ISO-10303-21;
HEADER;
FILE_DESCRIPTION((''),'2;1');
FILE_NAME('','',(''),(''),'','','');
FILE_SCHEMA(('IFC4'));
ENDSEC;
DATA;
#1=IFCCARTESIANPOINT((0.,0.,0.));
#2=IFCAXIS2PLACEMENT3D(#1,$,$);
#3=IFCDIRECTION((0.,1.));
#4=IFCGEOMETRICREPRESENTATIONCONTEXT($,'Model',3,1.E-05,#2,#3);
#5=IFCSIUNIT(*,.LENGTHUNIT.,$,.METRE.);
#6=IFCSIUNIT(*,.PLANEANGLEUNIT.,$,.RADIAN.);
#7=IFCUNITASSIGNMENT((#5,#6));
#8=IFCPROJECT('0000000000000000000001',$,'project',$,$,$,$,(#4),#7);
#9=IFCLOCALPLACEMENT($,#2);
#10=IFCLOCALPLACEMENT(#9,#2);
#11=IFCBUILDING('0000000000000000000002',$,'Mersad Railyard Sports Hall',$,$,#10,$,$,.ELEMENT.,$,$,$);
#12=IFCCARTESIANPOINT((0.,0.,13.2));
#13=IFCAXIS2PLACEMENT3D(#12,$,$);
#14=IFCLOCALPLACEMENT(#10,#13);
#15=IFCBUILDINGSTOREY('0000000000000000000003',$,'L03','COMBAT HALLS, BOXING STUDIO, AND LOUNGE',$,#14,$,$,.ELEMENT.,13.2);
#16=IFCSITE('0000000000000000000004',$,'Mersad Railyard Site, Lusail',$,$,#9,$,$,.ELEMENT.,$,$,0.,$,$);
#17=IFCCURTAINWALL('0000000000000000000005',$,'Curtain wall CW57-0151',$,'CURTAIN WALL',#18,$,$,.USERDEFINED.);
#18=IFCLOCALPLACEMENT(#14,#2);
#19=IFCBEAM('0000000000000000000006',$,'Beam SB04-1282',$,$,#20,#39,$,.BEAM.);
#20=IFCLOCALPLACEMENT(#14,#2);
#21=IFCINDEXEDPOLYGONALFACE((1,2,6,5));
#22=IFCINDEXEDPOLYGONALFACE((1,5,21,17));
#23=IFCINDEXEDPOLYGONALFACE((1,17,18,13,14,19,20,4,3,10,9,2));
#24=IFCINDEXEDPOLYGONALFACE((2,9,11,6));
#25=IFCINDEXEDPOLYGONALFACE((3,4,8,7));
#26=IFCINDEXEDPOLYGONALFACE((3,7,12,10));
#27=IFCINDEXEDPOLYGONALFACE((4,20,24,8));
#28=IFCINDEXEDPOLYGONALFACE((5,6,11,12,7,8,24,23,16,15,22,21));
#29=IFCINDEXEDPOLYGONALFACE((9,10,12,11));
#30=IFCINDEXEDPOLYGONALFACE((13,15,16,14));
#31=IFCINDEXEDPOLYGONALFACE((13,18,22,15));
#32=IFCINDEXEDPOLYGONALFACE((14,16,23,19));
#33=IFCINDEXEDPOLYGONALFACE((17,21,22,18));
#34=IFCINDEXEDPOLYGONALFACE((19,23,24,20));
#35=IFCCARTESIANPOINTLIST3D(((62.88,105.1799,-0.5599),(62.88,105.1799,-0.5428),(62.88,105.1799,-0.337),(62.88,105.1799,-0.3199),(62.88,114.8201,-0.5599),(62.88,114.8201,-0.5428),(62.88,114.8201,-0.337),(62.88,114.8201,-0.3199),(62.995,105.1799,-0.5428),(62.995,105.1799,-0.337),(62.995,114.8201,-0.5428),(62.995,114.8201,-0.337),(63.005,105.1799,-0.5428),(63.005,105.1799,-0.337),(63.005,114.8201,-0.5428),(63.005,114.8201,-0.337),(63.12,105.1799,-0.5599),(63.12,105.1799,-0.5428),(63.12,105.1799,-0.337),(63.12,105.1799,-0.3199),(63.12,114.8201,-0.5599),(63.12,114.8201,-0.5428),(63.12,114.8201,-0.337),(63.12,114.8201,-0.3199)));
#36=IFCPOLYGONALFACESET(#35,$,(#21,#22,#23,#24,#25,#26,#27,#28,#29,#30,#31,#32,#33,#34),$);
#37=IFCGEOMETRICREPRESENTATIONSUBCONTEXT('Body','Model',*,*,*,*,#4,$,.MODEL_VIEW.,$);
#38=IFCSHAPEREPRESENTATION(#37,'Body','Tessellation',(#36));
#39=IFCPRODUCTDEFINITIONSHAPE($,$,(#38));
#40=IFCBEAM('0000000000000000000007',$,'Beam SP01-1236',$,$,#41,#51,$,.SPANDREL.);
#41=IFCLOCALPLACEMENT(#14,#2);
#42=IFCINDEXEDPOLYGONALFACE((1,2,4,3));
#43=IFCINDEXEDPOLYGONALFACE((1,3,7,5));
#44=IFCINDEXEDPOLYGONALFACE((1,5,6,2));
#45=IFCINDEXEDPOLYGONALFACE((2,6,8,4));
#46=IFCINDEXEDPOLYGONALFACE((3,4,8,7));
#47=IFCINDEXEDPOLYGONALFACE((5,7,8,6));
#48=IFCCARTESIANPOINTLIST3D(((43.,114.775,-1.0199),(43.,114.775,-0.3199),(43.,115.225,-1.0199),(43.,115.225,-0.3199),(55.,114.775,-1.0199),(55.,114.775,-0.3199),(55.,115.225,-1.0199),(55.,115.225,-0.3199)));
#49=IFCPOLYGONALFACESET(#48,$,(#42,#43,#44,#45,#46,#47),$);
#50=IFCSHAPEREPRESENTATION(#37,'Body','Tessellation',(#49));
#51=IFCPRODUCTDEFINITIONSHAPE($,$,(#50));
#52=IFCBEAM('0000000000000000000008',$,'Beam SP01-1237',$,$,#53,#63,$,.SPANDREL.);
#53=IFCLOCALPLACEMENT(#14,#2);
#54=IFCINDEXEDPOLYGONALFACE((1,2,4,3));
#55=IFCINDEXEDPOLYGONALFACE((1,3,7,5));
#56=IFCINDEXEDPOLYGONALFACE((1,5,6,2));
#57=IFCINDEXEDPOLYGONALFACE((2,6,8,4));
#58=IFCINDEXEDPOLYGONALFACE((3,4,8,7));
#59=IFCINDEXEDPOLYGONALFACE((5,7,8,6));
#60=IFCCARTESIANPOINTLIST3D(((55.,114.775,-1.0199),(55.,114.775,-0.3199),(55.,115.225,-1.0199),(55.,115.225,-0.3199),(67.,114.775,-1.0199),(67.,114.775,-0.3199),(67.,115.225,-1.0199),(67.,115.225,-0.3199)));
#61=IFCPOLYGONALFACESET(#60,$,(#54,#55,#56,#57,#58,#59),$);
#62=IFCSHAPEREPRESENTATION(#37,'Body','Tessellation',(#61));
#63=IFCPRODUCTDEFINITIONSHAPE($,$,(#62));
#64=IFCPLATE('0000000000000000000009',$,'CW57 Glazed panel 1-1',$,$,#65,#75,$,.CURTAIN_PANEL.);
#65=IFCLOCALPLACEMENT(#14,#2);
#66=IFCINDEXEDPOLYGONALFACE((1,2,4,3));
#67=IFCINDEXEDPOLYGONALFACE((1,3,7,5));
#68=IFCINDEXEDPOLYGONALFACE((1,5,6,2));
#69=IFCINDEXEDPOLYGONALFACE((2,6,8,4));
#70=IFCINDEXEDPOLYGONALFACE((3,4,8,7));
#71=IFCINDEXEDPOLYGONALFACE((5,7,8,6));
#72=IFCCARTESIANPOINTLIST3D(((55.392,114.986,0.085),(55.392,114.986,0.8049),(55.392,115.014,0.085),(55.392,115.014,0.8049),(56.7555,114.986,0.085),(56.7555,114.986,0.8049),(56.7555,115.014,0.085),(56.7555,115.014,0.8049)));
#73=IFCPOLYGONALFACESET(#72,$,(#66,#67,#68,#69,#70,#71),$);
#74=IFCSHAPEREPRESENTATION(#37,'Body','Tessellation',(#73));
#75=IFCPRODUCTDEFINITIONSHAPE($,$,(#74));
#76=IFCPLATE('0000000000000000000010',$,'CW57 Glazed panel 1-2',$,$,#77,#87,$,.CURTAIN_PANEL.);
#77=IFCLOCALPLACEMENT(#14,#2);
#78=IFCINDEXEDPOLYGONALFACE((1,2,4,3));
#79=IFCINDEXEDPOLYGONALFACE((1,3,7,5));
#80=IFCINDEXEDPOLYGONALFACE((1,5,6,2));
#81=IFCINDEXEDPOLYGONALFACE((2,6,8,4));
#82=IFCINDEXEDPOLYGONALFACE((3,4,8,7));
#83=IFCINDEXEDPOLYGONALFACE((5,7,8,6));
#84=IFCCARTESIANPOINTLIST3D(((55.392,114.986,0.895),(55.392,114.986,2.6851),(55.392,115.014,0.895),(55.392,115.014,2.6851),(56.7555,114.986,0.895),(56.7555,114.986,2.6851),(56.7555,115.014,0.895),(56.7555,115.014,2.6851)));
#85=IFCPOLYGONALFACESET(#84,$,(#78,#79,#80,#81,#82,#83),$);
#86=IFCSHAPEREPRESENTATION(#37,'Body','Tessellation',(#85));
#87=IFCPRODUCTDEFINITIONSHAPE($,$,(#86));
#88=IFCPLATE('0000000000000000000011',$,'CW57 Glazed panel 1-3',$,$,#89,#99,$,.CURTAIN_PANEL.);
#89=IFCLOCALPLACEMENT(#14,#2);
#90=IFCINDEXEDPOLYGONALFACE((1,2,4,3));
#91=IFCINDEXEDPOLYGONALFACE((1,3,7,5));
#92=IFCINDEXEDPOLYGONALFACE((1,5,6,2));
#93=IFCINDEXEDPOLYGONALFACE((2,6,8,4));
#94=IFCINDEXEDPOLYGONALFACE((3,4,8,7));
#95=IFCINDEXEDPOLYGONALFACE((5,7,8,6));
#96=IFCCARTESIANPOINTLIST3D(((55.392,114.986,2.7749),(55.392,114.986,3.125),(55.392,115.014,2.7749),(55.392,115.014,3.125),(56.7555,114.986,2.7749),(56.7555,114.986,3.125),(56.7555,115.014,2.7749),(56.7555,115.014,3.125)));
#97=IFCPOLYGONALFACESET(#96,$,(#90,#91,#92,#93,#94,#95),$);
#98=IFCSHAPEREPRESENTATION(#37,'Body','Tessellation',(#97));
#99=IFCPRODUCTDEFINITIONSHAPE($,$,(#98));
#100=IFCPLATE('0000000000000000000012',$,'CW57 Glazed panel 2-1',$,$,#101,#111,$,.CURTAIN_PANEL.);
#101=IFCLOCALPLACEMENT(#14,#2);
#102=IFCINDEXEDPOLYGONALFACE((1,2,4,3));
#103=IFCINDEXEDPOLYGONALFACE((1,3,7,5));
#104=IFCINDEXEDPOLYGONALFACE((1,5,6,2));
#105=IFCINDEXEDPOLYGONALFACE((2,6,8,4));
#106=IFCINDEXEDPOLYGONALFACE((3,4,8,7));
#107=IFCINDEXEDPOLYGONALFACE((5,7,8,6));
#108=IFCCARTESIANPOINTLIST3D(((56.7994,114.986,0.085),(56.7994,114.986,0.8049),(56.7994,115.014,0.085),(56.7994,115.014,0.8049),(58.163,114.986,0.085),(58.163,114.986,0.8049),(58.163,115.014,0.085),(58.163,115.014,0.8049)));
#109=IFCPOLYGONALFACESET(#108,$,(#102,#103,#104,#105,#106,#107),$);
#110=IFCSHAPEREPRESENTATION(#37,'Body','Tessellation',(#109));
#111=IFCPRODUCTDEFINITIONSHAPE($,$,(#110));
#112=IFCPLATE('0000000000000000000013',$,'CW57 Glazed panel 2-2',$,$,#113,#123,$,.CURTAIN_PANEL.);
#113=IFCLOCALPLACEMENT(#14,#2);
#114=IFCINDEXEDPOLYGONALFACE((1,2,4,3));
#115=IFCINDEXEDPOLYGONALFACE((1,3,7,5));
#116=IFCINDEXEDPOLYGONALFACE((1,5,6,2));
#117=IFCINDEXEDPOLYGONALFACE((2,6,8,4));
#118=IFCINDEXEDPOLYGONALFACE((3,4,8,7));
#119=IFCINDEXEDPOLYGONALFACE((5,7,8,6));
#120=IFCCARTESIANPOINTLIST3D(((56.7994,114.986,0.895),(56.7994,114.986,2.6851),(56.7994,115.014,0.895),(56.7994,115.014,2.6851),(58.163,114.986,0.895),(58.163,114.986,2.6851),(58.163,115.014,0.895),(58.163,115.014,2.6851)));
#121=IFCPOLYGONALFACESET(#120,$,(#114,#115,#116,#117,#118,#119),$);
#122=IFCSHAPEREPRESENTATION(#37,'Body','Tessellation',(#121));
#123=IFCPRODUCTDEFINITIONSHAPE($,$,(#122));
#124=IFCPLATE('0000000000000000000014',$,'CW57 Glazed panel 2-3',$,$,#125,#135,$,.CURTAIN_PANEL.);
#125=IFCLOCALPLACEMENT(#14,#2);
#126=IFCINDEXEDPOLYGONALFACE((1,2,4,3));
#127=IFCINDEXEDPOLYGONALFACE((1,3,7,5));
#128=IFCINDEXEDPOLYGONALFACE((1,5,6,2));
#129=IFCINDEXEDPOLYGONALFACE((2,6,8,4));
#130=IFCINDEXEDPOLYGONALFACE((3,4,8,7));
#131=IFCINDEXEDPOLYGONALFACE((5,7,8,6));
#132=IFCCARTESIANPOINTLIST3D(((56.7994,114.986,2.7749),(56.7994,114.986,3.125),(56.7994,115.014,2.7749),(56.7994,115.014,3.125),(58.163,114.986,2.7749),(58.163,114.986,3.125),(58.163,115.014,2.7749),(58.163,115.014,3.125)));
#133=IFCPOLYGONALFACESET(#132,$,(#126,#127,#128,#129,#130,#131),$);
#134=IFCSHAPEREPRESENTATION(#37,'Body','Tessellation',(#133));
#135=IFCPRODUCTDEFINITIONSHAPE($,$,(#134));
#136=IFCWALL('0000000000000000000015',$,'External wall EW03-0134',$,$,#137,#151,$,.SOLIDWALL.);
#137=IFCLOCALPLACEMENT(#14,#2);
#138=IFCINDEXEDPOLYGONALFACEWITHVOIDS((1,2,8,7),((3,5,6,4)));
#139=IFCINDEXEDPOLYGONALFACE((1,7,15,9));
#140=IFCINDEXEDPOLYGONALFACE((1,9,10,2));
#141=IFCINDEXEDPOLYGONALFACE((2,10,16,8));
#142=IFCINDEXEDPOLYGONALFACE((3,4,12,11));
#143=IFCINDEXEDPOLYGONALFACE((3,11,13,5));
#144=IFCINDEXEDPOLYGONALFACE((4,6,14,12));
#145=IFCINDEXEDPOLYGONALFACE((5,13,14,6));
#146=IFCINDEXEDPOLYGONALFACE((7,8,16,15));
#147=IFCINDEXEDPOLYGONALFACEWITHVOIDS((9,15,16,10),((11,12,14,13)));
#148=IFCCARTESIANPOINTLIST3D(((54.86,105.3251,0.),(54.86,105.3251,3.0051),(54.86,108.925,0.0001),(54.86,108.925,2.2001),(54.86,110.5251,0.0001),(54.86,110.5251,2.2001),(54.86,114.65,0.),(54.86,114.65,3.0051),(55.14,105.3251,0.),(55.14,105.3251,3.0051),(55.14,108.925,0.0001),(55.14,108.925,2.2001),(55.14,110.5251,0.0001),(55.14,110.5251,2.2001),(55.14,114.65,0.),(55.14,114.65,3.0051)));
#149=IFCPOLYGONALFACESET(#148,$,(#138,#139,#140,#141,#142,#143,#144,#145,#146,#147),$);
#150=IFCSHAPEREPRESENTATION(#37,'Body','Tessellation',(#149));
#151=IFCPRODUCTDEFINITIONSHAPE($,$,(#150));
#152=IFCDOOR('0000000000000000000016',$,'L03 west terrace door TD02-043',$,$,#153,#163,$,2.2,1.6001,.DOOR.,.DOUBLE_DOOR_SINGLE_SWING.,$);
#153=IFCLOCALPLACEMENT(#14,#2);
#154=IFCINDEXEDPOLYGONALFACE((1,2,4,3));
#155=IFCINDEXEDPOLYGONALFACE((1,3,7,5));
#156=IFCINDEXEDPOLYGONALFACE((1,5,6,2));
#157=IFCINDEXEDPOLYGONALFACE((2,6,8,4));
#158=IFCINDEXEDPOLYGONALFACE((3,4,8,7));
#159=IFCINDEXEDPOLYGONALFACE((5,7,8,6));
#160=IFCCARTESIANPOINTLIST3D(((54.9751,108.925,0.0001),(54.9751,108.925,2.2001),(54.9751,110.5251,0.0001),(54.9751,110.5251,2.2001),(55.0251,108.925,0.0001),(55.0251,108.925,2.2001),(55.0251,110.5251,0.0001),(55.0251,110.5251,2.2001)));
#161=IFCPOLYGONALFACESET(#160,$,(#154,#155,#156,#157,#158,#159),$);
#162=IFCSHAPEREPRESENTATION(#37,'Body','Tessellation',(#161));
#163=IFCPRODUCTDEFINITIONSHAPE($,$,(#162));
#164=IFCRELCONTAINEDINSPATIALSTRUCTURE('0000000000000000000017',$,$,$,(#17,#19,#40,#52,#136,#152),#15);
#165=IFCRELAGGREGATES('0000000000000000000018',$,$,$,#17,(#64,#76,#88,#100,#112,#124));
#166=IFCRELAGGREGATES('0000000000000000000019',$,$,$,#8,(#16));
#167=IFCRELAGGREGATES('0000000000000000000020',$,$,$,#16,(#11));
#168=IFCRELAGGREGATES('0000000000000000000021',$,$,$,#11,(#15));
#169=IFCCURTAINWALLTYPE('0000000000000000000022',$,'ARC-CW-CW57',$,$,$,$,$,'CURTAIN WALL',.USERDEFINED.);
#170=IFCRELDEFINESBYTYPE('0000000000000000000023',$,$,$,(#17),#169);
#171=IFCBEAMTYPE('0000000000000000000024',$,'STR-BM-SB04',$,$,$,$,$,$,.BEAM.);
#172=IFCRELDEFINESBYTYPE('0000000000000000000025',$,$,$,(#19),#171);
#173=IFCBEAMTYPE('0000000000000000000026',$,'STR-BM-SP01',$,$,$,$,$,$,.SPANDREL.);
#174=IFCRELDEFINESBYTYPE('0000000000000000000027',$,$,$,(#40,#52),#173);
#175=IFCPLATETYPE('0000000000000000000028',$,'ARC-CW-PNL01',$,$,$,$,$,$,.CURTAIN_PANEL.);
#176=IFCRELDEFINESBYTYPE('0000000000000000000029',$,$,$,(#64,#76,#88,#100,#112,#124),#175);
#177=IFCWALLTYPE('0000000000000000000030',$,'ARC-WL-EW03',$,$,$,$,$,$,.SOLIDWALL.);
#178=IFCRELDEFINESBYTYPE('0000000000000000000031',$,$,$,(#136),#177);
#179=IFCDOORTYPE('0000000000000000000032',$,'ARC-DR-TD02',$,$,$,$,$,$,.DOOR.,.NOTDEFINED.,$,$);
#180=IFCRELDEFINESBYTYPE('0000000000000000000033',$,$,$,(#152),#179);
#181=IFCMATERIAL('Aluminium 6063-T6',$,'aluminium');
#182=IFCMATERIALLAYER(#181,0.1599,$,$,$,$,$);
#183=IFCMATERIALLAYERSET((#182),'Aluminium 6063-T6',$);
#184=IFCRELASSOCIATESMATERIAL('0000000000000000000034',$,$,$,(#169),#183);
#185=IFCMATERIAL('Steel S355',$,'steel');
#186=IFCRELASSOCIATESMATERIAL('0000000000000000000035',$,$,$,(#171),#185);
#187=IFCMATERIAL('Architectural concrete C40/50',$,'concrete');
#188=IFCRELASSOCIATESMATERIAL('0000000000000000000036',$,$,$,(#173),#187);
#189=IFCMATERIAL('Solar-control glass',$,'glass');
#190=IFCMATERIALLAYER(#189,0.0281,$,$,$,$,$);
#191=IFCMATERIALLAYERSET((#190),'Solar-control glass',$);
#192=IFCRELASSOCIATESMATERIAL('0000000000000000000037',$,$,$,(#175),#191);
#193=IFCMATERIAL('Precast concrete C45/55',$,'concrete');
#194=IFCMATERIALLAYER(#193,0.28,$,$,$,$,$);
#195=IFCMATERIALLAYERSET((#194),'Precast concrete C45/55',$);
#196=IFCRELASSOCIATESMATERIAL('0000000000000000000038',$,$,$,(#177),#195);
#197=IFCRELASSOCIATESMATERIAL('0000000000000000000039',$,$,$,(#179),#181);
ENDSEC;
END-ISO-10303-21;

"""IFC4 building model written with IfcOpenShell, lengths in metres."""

from ifc_helpers import new_model, si_unit, direction, frame, frame_2d, origin, origin_2d, place, context, subcontext, project, spatial, rectangle, i_section, extrude, material, layer, layer_set, material_profile, profile_set, type_object, element, fill, aggregate, save


model = new_model("IFC4")

# Units and contexts
model_context = context("Model", 3, precision=1e-05, world=origin(), true_north=direction((0.0, 1.0)))
body_context = subcontext(model_context, "Body", "Model", "MODEL_VIEW")
ifc_project = project(units=[si_unit("LENGTHUNIT", "METRE"), si_unit("PLANEANGLEUNIT", "RADIAN")], contexts=[model_context])

# Site, building, storey
site_placement = place(None, origin())
site = spatial("IfcSite", under=ifc_project, at=site_placement, Name="Mersad Railyard Site, Lusail", CompositionType="ELEMENT", RefElevation=0.0)
building_placement = place(site_placement, origin())
building = spatial("IfcBuilding", under=site, at=building_placement, Name="Mersad Railyard Sports Hall", CompositionType="ELEMENT")
storey_placement = place(building_placement, frame((0.0, 0.0, 13.2)))
storey = spatial("IfcBuildingStorey", under=building, at=storey_placement, Name="L03", Description="COMBAT HALLS, BOXING STUDIO, AND LOUNGE", CompositionType="ELEMENT", Elevation=13.2)

# Shared definitions
ifc_material_1 = material(Name="Architectural concrete C40/50", Category="concrete")

# Curtain wall
ifc_material_2 = material(Name="Aluminium 6063-T6", Category="aluminium")
ifc_layer_1 = layer(ifc_material_2, 0.1599)
ifc_layer_set_1 = layer_set([ifc_layer_1], Name="Aluminium 6063-T6")
curtain_wall_type = type_object("IfcCurtainWallType", Name="ARC-CW-CW57", ElementType="CURTAIN WALL", PredefinedType="USERDEFINED", material=ifc_layer_set_1)
curtain_wall_placement = place(storey_placement, origin())
curtain_wall = element("IfcCurtainWall", 1, at=curtain_wall_placement, inside=storey, type_object=curtain_wall_type, Name="Curtain wall CW57-0151", ObjectType="CURTAIN WALL", PredefinedType="USERDEFINED")

# Beams
ifc_material_3 = material(Name="Steel S355", Category="steel")
ifc_material_profile_1 = material_profile(ifc_material_3, i_section(OverallWidth=0.24, OverallDepth=0.24, WebThickness=0.01, FlangeThickness=0.0171, at=origin_2d()), Name="HEB 240")
ifc_profile_set_1 = profile_set([ifc_material_profile_1], Name="Steel S355")
beam_type_1 = type_object("IfcBeamType", Name="STR-BM-SB04", PredefinedType="BEAM", material=ifc_profile_set_1)
for number, where, z_axis, x_axis, name in (
    (2, (63.0, 105.1799, -0.4399), (0.0, 1.0, 0.0), (-1.0, 0.0, 0.0), "Beam SB04-1282"),
):
    element("IfcBeam", number, at=place(storey_placement, frame(where, z_axis=z_axis, x_axis=x_axis)), inside=storey, type_object=beam_type_1, Name=name, PredefinedType="BEAM", context=body_context, shape_type="SweptSolid", body=[
        extrude(i_section(OverallWidth=0.24, OverallDepth=0.24, WebThickness=0.01, FlangeThickness=0.0171, at=origin_2d()), origin(), (0.0, 0.0, 1.0), 9.6401),
    ])
ifc_material_profile_2 = material_profile(ifc_material_1, rectangle(XDim=0.45, YDim=0.7, at=origin_2d()), Name="RC 450x700")
ifc_profile_set_2 = profile_set([ifc_material_profile_2], Name="Architectural concrete C40/50")
beam_type_2 = type_object("IfcBeamType", Name="STR-BM-SP01", PredefinedType="SPANDREL", material=ifc_profile_set_2)
for number, where, z_axis, x_axis, name in (
    (3, (43.0, 115.0, -0.6699), (1.0, 0.0, 0.0), (0.0, 1.0, 0.0), "Beam SP01-1236"),
    (4, (55.0, 115.0, -0.6699), (1.0, 0.0, 0.0), (0.0, 1.0, 0.0), "Beam SP01-1237"),
):
    element("IfcBeam", number, at=place(storey_placement, frame(where, z_axis=z_axis, x_axis=x_axis)), inside=storey, type_object=beam_type_2, Name=name, PredefinedType="SPANDREL", context=body_context, shape_type="SweptSolid", body=[
        extrude(rectangle(XDim=0.45, YDim=0.7, at=origin_2d()), origin(), (0.0, 0.0, 1.0), 12.0),
    ])

# Plates
ifc_material_4 = material(Name="Solar-control glass", Category="glass")
ifc_layer_2 = layer(ifc_material_4, 0.0281)
ifc_layer_set_2 = layer_set([ifc_layer_2], Name="Solar-control glass")
plate_type = type_object("IfcPlateType", Name="ARC-CW-PNL01", PredefinedType="CURTAIN_PANEL", material=ifc_layer_set_2)
plate_1_placement = place(storey_placement, frame((56.0737, 115.0, 0.085), z_axis=(0.0, 0.0, 1.0), x_axis=(1.0, 0.0, 0.0)))
plate_1 = element("IfcPlate", 5, at=plate_1_placement, type_object=plate_type, Name="CW57 Glazed panel 1-1", PredefinedType="CURTAIN_PANEL", context=body_context, shape_type="SweptSolid", body=[
    extrude(rectangle(XDim=1.3635, YDim=0.0281, at=origin_2d()), origin(), (0.0, 0.0, 1.0), 0.72),
])
plate_2_placement = place(storey_placement, frame((56.0737, 115.0, 0.895), z_axis=(0.0, 0.0, 1.0), x_axis=(1.0, 0.0, 0.0)))
plate_2 = element("IfcPlate", 6, at=plate_2_placement, type_object=plate_type, Name="CW57 Glazed panel 1-2", PredefinedType="CURTAIN_PANEL", context=body_context, shape_type="SweptSolid", body=[
    extrude(rectangle(XDim=1.3635, YDim=0.0281, at=origin_2d()), origin(), (0.0, 0.0, 1.0), 1.79),
])
plate_3_placement = place(storey_placement, frame((56.0737, 115.0, 2.7749), z_axis=(0.0, 0.0, 1.0), x_axis=(1.0, 0.0, 0.0)))
plate_3 = element("IfcPlate", 7, at=plate_3_placement, type_object=plate_type, Name="CW57 Glazed panel 1-3", PredefinedType="CURTAIN_PANEL", context=body_context, shape_type="SweptSolid", body=[
    extrude(rectangle(XDim=1.3635, YDim=0.0281, at=origin_2d()), origin(), (0.0, 0.0, 1.0), 0.3501),
])
plate_4_placement = place(storey_placement, frame((57.4812, 115.0, 0.085), z_axis=(0.0, 0.0, 1.0), x_axis=(1.0, 0.0, 0.0)))
plate_4 = element("IfcPlate", 8, at=plate_4_placement, type_object=plate_type, Name="CW57 Glazed panel 2-1", PredefinedType="CURTAIN_PANEL", context=body_context, shape_type="SweptSolid", body=[
    extrude(rectangle(XDim=1.3635, YDim=0.0281, at=origin_2d()), origin(), (0.0, 0.0, 1.0), 0.72),
])
plate_5_placement = place(storey_placement, frame((57.4812, 115.0, 0.895), z_axis=(0.0, 0.0, 1.0), x_axis=(1.0, 0.0, 0.0)))
plate_5 = element("IfcPlate", 9, at=plate_5_placement, type_object=plate_type, Name="CW57 Glazed panel 2-2", PredefinedType="CURTAIN_PANEL", context=body_context, shape_type="SweptSolid", body=[
    extrude(rectangle(XDim=1.3635, YDim=0.0281, at=origin_2d()), origin(), (0.0, 0.0, 1.0), 1.79),
])
plate_6_placement = place(storey_placement, frame((57.4812, 115.0, 2.7749), z_axis=(0.0, 0.0, 1.0), x_axis=(1.0, 0.0, 0.0)))
plate_6 = element("IfcPlate", 10, at=plate_6_placement, type_object=plate_type, Name="CW57 Glazed panel 2-3", PredefinedType="CURTAIN_PANEL", context=body_context, shape_type="SweptSolid", body=[
    extrude(rectangle(XDim=1.3635, YDim=0.0281, at=origin_2d()), origin(), (0.0, 0.0, 1.0), 0.3501),
])
aggregate(curtain_wall, [plate_1, plate_2, plate_3, plate_4, plate_5, plate_6])

# Wall, opening, door
ifc_material_5 = material(Name="Precast concrete C45/55", Category="concrete")
ifc_layer_3 = layer(ifc_material_5, 0.28)
ifc_layer_set_3 = layer_set([ifc_layer_3], Name="Precast concrete C45/55")
wall_type_1 = type_object("IfcWallType", Name="ARC-WL-EW03", PredefinedType="SOLIDWALL", material=ifc_layer_set_3)
wall_1_placement = place(storey_placement, frame((55.0, 105.325, 0.0), z_axis=(0.0, 0.0, 1.0), x_axis=(0.0, 1.0, 0.0)))
wall_1 = element("IfcWall", 11, at=wall_1_placement, inside=storey, type_object=wall_type_1, Name="External wall EW03-0134", PredefinedType="SOLIDWALL", context=body_context, shape_type="SweptSolid", body=[
    extrude(rectangle(XDim=9.325, YDim=0.28, at=frame_2d((4.6626, 0.0))), origin(), (0.0, 0.0, 1.0), 3.0051),
])
opening_1_placement = place(wall_1_placement, frame((3.6001, 0.0, 0.0)))
opening_1 = element("IfcOpeningElement", 12, at=opening_1_placement, cuts=wall_1, PredefinedType="OPENING", context=body_context, shape_type="SweptSolid", body=[
    extrude(rectangle(XDim=1.6001, YDim=2.2, at=frame_2d((0.8, 1.1001))), frame((0.0, 0.1499, 0.0), z_axis=(0.0, -1.0, 0.0), x_axis=(1.0, 0.0, 0.0)), (0.0, 0.0, 1.0), 0.3),
])
door_type_1 = type_object("IfcDoorType", Name="ARC-DR-TD02", OperationType="NOTDEFINED", PredefinedType="DOOR", material=ifc_material_2)
door_1_placement = place(opening_1_placement, origin())
door_1 = element("IfcDoor", 13, at=door_1_placement, inside=storey, type_object=door_type_1, Name="L03 west terrace door TD02-043", OperationType="DOUBLE_DOOR_SINGLE_SWING", OverallHeight=2.2, OverallWidth=1.6001, PredefinedType="DOOR", context=body_context, shape_type="SweptSolid", body=[
    extrude(rectangle(XDim=1.6001, YDim=2.2, at=frame_2d((0.8, 1.1001))), frame((0.0, 0.0249, 0.0), z_axis=(0.0, -1.0, 0.0), x_axis=(1.0, 0.0, 0.0)), (0.0, 0.0, 1.0), 0.05),
])
fill(opening_1, door_1)

save(model, "model.ifc")
